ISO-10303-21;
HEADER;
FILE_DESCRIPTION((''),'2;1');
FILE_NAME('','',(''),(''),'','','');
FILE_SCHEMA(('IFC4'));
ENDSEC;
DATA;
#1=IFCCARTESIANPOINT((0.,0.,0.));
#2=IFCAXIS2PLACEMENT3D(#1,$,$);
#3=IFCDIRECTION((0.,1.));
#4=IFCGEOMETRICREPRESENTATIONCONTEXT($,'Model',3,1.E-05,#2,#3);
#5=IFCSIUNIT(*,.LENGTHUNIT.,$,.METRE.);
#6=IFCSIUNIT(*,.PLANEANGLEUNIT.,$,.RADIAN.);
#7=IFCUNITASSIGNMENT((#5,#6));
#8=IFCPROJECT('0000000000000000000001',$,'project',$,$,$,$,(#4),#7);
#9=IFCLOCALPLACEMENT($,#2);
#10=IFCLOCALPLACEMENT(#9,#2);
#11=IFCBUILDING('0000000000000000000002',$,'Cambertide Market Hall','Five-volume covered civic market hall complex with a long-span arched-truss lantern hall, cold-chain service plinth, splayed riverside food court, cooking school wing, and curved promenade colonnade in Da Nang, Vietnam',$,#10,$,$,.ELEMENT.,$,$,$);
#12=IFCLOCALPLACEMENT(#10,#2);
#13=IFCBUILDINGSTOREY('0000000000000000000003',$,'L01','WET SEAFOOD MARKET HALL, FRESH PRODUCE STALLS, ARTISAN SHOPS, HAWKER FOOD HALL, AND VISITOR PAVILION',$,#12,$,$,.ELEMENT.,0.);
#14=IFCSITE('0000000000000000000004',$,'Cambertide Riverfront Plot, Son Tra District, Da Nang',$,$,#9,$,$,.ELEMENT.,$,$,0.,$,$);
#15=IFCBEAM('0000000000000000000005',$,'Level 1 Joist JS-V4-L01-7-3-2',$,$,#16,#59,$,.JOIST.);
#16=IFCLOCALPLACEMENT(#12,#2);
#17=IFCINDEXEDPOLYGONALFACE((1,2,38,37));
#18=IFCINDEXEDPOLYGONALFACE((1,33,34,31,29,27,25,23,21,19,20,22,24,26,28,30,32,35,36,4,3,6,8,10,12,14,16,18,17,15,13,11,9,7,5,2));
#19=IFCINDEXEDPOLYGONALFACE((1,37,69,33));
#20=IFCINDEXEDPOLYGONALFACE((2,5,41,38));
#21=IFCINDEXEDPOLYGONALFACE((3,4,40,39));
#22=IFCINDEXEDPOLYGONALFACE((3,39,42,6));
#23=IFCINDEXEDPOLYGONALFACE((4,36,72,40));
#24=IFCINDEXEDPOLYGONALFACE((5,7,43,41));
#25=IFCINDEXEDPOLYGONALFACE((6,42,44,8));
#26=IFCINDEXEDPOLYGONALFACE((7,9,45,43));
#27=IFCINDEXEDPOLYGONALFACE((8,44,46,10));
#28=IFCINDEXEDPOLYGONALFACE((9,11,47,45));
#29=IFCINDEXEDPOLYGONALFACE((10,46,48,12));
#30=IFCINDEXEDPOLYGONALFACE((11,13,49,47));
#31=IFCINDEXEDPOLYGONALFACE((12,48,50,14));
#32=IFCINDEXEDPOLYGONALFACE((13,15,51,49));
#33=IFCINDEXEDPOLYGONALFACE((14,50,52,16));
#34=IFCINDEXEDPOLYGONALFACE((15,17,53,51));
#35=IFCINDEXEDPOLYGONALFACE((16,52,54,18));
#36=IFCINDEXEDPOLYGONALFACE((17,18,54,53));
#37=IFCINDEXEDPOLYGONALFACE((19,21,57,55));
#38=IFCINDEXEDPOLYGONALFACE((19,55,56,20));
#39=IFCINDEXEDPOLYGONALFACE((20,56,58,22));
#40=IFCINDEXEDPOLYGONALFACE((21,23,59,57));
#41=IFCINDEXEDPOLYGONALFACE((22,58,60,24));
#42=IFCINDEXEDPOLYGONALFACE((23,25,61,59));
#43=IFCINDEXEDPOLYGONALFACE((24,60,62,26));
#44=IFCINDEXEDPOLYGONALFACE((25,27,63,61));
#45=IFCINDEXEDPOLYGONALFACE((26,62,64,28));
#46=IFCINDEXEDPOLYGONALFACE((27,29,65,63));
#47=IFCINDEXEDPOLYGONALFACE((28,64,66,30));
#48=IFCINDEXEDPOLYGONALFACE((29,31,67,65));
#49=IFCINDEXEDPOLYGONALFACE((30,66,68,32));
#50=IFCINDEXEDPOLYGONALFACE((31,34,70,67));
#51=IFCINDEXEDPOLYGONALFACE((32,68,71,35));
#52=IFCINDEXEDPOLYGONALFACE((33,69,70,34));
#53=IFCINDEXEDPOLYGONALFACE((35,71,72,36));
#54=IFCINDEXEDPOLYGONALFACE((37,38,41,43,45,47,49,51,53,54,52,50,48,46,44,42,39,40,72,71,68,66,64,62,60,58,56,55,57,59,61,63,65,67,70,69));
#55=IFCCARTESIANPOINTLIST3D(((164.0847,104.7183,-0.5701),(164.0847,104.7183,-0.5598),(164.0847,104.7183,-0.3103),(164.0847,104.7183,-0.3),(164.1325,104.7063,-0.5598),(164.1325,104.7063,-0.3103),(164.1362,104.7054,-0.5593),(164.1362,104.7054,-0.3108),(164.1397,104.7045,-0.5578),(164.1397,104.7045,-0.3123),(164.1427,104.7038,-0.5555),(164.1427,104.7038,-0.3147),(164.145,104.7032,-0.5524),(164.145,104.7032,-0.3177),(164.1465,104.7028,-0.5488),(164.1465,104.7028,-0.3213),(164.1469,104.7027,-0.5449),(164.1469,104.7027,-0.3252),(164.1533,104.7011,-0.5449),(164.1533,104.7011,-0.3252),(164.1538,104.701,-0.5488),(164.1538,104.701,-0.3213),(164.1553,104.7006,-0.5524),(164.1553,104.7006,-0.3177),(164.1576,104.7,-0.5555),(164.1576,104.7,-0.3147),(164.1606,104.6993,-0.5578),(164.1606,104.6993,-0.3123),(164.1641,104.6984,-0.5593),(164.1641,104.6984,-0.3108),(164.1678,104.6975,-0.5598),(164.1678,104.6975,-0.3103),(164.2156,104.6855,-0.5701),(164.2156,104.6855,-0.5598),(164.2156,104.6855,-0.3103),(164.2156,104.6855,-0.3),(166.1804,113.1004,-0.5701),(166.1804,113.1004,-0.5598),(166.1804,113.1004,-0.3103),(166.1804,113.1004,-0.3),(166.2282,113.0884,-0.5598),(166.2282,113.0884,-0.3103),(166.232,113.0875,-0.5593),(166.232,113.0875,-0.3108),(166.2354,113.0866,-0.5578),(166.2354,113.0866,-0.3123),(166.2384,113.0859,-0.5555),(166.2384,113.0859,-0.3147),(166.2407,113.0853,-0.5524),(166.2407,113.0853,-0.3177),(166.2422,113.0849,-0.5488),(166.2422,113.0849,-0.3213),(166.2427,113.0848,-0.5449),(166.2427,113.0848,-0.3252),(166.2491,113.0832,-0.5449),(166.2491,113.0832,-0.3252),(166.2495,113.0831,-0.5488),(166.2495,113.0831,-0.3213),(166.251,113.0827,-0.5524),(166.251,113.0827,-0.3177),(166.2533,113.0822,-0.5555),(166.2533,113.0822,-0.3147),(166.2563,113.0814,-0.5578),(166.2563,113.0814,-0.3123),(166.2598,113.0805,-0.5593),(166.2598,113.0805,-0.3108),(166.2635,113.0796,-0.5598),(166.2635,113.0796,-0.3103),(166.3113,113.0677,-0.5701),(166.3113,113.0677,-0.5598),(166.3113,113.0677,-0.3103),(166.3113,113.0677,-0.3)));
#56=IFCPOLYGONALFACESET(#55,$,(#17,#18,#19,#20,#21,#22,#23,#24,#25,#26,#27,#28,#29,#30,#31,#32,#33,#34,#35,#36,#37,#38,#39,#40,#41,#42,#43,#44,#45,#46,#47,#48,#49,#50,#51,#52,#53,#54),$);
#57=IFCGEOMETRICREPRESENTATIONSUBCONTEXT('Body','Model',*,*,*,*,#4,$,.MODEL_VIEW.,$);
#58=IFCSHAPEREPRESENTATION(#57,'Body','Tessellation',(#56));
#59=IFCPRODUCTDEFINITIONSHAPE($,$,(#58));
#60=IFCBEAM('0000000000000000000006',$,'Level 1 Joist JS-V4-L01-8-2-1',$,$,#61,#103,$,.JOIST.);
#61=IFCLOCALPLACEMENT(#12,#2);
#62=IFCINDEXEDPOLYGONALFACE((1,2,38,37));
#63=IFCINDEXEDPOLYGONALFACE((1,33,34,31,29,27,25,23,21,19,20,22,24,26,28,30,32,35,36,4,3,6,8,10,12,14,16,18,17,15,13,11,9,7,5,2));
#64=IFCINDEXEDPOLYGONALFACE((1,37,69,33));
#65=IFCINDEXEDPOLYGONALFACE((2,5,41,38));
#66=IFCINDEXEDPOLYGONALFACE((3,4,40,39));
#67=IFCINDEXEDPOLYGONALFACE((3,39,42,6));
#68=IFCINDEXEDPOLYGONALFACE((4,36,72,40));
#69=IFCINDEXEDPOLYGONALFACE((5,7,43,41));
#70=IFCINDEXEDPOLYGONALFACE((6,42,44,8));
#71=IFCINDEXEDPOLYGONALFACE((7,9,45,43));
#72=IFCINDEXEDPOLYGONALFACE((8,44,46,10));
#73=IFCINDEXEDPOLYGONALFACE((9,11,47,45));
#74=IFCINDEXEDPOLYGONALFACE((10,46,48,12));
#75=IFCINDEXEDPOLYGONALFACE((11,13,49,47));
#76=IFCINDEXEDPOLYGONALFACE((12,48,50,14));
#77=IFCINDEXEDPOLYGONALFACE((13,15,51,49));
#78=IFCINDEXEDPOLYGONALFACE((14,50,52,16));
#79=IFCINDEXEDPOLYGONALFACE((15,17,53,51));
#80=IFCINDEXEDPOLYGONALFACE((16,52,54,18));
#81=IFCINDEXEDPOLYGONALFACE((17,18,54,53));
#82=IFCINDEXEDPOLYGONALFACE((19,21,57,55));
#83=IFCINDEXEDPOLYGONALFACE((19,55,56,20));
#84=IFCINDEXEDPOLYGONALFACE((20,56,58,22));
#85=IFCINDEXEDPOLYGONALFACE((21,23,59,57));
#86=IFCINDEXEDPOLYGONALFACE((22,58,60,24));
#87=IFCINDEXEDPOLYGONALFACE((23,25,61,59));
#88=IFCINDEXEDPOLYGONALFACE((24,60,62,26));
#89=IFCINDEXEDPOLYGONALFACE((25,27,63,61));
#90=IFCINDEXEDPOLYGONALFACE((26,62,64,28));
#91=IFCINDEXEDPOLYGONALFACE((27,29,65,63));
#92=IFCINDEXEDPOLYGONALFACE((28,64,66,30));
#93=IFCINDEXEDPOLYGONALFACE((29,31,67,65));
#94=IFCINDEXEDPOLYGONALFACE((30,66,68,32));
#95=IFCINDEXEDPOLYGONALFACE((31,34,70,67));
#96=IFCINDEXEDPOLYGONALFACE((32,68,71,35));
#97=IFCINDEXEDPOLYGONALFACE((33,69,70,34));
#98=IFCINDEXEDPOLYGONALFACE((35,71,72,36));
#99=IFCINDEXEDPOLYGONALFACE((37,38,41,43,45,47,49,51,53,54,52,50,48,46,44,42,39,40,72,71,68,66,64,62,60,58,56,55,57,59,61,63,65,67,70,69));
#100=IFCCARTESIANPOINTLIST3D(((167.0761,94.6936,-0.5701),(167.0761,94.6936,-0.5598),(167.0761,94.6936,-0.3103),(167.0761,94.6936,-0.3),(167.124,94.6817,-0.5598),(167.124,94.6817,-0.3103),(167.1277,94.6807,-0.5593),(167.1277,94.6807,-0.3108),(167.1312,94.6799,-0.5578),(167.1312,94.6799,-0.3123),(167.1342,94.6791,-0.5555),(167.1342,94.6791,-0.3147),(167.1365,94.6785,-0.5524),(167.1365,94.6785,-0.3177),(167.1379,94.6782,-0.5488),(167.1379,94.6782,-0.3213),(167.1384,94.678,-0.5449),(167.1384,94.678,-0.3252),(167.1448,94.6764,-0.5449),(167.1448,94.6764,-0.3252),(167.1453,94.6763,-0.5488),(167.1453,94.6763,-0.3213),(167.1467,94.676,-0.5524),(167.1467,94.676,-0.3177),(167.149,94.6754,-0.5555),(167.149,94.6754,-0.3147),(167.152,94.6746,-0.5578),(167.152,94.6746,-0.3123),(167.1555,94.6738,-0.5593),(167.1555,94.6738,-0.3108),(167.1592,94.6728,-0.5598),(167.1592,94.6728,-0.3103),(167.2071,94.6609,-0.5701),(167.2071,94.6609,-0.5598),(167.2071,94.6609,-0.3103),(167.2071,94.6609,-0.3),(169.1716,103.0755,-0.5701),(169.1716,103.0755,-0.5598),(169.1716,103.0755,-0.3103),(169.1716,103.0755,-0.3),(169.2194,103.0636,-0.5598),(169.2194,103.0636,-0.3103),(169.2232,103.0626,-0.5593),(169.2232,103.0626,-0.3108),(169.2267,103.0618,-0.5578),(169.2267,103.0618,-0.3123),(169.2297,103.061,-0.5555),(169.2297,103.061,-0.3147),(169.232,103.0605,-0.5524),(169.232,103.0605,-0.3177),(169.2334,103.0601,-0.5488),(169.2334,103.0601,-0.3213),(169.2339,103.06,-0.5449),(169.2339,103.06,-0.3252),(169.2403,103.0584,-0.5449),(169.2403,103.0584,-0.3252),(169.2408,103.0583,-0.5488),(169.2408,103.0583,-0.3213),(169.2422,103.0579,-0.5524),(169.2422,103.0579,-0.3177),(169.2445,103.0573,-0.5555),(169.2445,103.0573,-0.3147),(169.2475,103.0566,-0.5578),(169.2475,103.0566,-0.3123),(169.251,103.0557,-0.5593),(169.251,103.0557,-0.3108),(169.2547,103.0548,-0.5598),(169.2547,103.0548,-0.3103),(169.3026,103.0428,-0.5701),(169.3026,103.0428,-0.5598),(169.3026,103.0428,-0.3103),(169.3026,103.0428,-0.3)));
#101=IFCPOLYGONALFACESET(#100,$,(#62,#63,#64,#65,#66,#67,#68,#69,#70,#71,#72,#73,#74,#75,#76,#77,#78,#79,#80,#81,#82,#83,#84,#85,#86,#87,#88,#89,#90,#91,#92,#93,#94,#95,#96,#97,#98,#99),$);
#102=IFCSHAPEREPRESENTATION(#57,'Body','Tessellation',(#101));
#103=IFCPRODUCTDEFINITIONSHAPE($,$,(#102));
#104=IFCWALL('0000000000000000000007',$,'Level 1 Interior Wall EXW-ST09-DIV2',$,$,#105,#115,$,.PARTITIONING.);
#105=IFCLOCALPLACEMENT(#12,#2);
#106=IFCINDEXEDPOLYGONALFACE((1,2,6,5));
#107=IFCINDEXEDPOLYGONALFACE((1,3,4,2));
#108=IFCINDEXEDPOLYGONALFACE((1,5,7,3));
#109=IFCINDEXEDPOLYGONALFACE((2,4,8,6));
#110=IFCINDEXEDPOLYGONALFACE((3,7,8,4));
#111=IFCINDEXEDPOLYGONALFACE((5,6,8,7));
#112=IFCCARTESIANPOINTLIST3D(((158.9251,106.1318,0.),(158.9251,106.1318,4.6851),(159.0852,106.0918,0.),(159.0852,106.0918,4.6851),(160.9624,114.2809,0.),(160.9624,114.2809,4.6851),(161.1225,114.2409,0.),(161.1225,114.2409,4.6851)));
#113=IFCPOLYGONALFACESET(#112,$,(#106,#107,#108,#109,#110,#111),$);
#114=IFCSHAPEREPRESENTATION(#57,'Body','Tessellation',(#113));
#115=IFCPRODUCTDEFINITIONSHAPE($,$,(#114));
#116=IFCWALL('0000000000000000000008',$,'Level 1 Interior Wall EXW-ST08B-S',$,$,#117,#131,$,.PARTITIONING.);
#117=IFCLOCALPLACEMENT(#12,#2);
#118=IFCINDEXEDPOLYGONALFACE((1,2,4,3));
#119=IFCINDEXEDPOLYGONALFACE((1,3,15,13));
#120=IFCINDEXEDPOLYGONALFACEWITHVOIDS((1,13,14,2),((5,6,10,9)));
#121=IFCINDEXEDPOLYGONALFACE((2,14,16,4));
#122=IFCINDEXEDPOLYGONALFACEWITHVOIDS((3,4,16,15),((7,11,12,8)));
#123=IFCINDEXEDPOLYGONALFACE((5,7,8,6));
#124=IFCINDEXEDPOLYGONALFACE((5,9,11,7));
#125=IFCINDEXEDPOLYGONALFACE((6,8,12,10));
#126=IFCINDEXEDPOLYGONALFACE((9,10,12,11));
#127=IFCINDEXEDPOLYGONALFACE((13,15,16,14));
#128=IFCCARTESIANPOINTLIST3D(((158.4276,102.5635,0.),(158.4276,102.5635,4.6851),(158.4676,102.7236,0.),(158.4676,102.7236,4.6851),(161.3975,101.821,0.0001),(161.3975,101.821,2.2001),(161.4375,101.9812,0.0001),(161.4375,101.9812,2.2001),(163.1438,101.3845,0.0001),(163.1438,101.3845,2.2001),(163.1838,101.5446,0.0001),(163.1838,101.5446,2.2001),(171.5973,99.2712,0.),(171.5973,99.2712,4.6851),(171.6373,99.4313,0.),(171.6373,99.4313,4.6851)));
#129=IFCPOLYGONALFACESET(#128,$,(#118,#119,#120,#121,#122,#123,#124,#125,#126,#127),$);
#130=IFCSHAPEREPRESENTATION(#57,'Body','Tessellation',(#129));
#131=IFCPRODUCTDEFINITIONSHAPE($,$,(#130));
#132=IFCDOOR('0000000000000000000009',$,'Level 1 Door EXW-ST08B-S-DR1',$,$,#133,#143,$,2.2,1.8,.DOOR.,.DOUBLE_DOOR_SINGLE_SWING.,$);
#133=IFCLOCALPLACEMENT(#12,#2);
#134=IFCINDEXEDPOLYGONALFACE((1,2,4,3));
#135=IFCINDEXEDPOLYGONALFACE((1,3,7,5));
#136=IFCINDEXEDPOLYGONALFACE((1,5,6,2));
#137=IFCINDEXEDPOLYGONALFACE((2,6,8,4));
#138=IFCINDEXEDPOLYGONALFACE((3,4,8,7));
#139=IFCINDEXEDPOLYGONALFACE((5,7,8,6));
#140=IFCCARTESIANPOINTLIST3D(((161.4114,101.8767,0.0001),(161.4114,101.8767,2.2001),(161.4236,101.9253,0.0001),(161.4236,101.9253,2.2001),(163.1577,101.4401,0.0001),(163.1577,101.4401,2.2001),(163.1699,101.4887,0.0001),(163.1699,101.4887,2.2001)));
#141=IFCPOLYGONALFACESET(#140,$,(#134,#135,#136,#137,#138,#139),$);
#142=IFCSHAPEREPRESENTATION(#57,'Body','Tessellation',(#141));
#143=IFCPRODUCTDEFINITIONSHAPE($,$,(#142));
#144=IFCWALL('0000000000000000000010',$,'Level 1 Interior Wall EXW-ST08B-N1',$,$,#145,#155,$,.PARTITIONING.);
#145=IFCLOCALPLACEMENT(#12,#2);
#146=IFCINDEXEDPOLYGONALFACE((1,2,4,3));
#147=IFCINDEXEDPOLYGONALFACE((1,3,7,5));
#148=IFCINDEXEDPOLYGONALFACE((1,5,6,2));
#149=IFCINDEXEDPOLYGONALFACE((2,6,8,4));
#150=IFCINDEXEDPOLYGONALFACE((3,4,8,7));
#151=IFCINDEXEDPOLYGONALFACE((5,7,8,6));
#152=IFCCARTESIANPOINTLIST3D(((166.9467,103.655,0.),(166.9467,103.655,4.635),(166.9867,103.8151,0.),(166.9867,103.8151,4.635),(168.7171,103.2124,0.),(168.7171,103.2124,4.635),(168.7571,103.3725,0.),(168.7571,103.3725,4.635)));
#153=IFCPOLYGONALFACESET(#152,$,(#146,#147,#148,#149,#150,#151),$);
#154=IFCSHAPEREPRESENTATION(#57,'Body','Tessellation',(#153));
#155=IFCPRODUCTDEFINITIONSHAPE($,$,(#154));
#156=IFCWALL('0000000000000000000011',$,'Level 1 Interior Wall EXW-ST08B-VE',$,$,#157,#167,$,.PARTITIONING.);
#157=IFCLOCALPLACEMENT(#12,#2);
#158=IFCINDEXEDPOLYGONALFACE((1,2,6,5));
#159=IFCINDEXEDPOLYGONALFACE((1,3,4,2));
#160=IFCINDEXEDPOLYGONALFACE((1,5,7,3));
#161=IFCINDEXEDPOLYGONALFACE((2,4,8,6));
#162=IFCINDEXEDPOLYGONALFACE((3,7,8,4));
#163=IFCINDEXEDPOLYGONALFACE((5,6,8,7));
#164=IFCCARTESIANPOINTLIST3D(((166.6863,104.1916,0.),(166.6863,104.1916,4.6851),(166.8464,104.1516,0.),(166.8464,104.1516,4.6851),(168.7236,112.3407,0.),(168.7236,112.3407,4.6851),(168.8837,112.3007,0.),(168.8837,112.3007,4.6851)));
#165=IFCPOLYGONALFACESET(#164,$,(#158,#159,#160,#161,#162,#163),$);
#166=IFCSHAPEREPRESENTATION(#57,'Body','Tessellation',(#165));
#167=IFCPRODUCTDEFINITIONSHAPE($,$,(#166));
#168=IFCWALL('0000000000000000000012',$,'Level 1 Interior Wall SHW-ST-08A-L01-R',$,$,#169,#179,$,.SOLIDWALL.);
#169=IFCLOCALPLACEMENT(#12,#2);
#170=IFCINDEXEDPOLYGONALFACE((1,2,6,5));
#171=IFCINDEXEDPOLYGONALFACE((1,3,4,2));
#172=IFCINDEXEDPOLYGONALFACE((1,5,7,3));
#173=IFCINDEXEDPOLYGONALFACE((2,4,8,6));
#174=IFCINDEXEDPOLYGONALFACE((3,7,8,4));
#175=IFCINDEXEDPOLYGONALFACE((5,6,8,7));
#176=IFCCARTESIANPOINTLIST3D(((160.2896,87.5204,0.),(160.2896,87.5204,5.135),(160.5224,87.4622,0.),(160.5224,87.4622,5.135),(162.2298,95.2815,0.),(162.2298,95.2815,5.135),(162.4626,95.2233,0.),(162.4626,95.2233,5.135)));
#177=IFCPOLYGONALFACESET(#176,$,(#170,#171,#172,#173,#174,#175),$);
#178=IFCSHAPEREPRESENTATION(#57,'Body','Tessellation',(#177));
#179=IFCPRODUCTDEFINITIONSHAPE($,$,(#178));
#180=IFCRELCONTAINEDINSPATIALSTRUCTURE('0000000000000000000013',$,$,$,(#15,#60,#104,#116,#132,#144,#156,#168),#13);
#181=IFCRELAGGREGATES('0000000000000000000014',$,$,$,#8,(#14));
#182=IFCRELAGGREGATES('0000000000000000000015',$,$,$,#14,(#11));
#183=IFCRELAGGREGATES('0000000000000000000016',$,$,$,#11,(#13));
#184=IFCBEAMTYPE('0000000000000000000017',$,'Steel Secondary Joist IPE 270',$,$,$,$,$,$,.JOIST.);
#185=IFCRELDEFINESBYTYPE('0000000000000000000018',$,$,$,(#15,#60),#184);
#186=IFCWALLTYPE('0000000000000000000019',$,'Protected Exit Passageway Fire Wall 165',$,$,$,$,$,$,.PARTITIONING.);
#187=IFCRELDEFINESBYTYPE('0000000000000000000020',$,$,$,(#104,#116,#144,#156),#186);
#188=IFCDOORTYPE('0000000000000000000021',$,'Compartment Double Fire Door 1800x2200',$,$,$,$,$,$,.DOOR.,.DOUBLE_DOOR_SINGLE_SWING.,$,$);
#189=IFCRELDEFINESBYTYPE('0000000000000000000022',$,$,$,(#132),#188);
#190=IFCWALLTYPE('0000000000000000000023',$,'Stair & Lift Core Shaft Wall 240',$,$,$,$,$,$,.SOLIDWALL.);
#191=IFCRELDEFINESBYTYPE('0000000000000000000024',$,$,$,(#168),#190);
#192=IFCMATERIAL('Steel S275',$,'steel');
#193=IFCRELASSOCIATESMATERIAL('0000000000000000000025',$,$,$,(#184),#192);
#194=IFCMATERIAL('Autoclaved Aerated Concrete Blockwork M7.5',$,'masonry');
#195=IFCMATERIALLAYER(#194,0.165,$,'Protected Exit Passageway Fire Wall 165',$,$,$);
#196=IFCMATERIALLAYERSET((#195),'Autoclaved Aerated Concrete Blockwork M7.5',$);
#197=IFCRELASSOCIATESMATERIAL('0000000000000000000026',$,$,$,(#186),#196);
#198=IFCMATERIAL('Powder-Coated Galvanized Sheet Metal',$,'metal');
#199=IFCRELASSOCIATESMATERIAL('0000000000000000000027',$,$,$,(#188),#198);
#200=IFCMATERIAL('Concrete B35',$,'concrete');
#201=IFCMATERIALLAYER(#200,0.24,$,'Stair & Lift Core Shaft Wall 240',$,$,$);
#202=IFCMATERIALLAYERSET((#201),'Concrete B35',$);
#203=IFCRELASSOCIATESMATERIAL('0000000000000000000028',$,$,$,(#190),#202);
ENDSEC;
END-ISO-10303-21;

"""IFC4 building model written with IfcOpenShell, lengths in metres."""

from ifc_helpers import new_model, si_unit, direction, frame, frame_2d, origin, origin_2d, place, context, subcontext, project, spatial, rectangle, i_section, extrude, material, layer, layer_set, material_profile, profile_set, type_object, element, fill, save


model = new_model("IFC4")

# Units and contexts
model_context = context("Model", 3, precision=1e-05, world=origin(), true_north=direction((0.0, 1.0)))
body_context = subcontext(model_context, "Body", "Model", "MODEL_VIEW")
ifc_project = project(units=[si_unit("LENGTHUNIT", "METRE"), si_unit("PLANEANGLEUNIT", "RADIAN")], contexts=[model_context])

# Site, building, storey
site_placement = place(None, origin())
site = spatial("IfcSite", under=ifc_project, at=site_placement, Name="Cambertide Riverfront Plot, Son Tra District, Da Nang", CompositionType="ELEMENT", RefElevation=0.0)
building_placement = place(site_placement, origin())
building = spatial("IfcBuilding", under=site, at=building_placement, Name="Cambertide Market Hall", Description="Five-volume covered civic market hall complex with a long-span arched-truss lantern hall, cold-chain service plinth, splayed riverside food court, cooking school wing, and curved promenade colonnade in Da Nang, Vietnam", CompositionType="ELEMENT")
storey_placement = place(building_placement, origin())
storey = spatial("IfcBuildingStorey", under=building, at=storey_placement, Name="L01", Description="WET SEAFOOD MARKET HALL, FRESH PRODUCE STALLS, ARTISAN SHOPS, HAWKER FOOD HALL, AND VISITOR PAVILION", CompositionType="ELEMENT", Elevation=0.0)

# Beams
ifc_material_1 = material(Name="Steel S275", Category="steel")
ifc_material_profile_1 = material_profile(ifc_material_1, i_section(OverallWidth=0.135, OverallDepth=0.27, WebThickness=0.0066, FlangeThickness=0.0103, FilletRadius=0.0149, at=origin_2d()), Name="IPE 270")
ifc_profile_set_1 = profile_set([ifc_material_profile_1], Name="Steel S275")
beam_type_1 = type_object("IfcBeamType", Name="Steel Secondary Joist IPE 270", PredefinedType="JOIST", material=ifc_profile_set_1)
for number, where, z_axis, x_axis, name in (
    (1, (164.1501, 104.7019, -0.4351), (0.242556, 0.970138, 0.0), (-0.970138, 0.242556, 0.0), "Level 1 Joist JS-V4-L01-7-3-2"),
):
    element("IfcBeam", number, at=place(storey_placement, frame(where, z_axis=z_axis, x_axis=x_axis)), inside=storey, type_object=beam_type_1, Name=name, PredefinedType="JOIST", context=body_context, shape_type="SweptSolid", body=[
        extrude(i_section(OverallWidth=0.135, OverallDepth=0.27, WebThickness=0.0066, FlangeThickness=0.0103, FilletRadius=0.0149, at=origin_2d()), origin(), (0.0, 0.0, 1.0), 8.6401),
    ])
beam_1_placement = place(storey_placement, frame((167.1416, 94.6772, -0.4351), z_axis=(0.242536, 0.970143, 0.0), x_axis=(-0.970143, 0.242536, 0.0)))
element("IfcBeam", 2, at=beam_1_placement, inside=storey, type_object=beam_type_1, Name="Level 1 Joist JS-V4-L01-8-2-1", PredefinedType="JOIST", context=body_context, shape_type="SweptSolid", body=[
    extrude(i_section(OverallWidth=0.135, OverallDepth=0.27, WebThickness=0.0066, FlangeThickness=0.0103, FilletRadius=0.0149, at=origin_2d()), origin(), (0.0, 0.0, 1.0), 8.6399),
])

# Wall
ifc_material_2 = material(Name="Autoclaved Aerated Concrete Blockwork M7.5", Category="masonry")
ifc_layer_1 = layer(ifc_material_2, 0.165, Name="Protected Exit Passageway Fire Wall 165")
ifc_layer_set_1 = layer_set([ifc_layer_1], Name="Autoclaved Aerated Concrete Blockwork M7.5")
wall_type_1 = type_object("IfcWallType", Name="Protected Exit Passageway Fire Wall 165", PredefinedType="PARTITIONING", material=ifc_layer_set_1)
wall_1_placement = place(storey_placement, frame((159.0051, 106.1118, 0.0), z_axis=(0.0, 0.0, 1.0), x_axis=(0.242542, 0.970141, 0.0)))
element("IfcWall", 3, at=wall_1_placement, inside=storey, type_object=wall_type_1, Name="Level 1 Interior Wall EXW-ST09-DIV2", PredefinedType="PARTITIONING", context=body_context, shape_type="SweptSolid", body=[
    extrude(rectangle(XDim=8.3999, YDim=0.165, at=frame_2d((4.2, 0.0))), origin(), (0.0, 0.0, 1.0), 4.6851),
])

# Wall, opening, door
wall_2_placement = place(storey_placement, frame((158.4475, 102.6436, 0.0), z_axis=(0.0, 0.0, 1.0), x_axis=(0.970146, -0.242523, 0.0)))
wall_2 = element("IfcWall", 4, at=wall_2_placement, inside=storey, type_object=wall_type_1, Name="Level 1 Interior Wall EXW-ST08B-S", PredefinedType="PARTITIONING", context=body_context, shape_type="SweptSolid", body=[
    extrude(rectangle(XDim=13.575, YDim=0.165, at=frame_2d((6.7876, 0.0))), origin(), (0.0, 0.0, 1.0), 4.6851),
])
opening_1_placement = place(wall_2_placement, frame((3.0615, 0.0, 0.0)))
opening_1 = element("IfcOpeningElement", 5, at=opening_1_placement, cuts=wall_2, PredefinedType="OPENING", context=body_context, shape_type="SweptSolid", body=[
    extrude(rectangle(XDim=1.8, YDim=2.2, at=frame_2d((0.8999, 1.1001))), frame((0.0, 0.0925, 0.0), z_axis=(0.0, -1.0, 0.0), x_axis=(1.0, 0.0, 0.0)), (0.0, 0.0, 1.0), 0.1851),
])
ifc_material_3 = material(Name="Powder-Coated Galvanized Sheet Metal", Category="metal")
door_type_1 = type_object("IfcDoorType", Name="Compartment Double Fire Door 1800x2200", OperationType="DOUBLE_DOOR_SINGLE_SWING", PredefinedType="DOOR", material=ifc_material_3)
door_1_placement = place(opening_1_placement, origin())
door_1 = element("IfcDoor", 6, at=door_1_placement, inside=storey, type_object=door_type_1, Name="Level 1 Door EXW-ST08B-S-DR1", OperationType="DOUBLE_DOOR_SINGLE_SWING", OverallHeight=2.2, OverallWidth=1.8, PredefinedType="DOOR", context=body_context, shape_type="SweptSolid", body=[
    extrude(rectangle(XDim=1.8, YDim=2.2, at=frame_2d((0.8999, 1.1001))), frame((0.0, 0.0249, 0.0), z_axis=(0.0, -1.0, 0.0), x_axis=(1.0, 0.0, 0.0)), (0.0, 0.0, 1.0), 0.05),
])
fill(opening_1, door_1)

# Walls
wall_3_placement = place(storey_placement, frame((166.9666, 103.7351, 0.0), z_axis=(0.0, 0.0, 1.0), x_axis=(0.970143, -0.242536, 0.0)))
element("IfcWall", 7, at=wall_3_placement, inside=storey, type_object=wall_type_1, Name="Level 1 Interior Wall EXW-ST08B-N1", PredefinedType="PARTITIONING", context=body_context, shape_type="SweptSolid", body=[
    extrude(rectangle(XDim=1.825, YDim=0.165, at=frame_2d((0.9126, 0.0))), origin(), (0.0, 0.0, 1.0), 4.635),
])
wall_4_placement = place(storey_placement, frame((166.7664, 104.1716, 0.0), z_axis=(0.0, 0.0, 1.0), x_axis=(0.242542, 0.970141, 0.0)))
element("IfcWall", 8, at=wall_4_placement, inside=storey, type_object=wall_type_1, Name="Level 1 Interior Wall EXW-ST08B-VE", PredefinedType="PARTITIONING", context=body_context, shape_type="SweptSolid", body=[
    extrude(rectangle(XDim=8.3999, YDim=0.165, at=frame_2d((4.2, 0.0))), origin(), (0.0, 0.0, 1.0), 4.6851),
])

# Shared definitions
ifc_material_4 = material(Name="Concrete B35", Category="concrete")
ifc_layer_2 = layer(ifc_material_4, 0.24, Name="Stair & Lift Core Shaft Wall 240")
ifc_layer_set_2 = layer_set([ifc_layer_2], Name="Concrete B35")
wall_type_2 = type_object("IfcWallType", Name="Stair & Lift Core Shaft Wall 240", PredefinedType="SOLIDWALL", material=ifc_layer_set_2)

# Wall
for number, where, z_axis, x_axis, name in (
    (9, (162.3462, 95.2524, 0.0), (0.0, 0.0, 1.0), (-0.242521, -0.970146, 0.0), "Level 1 Interior Wall SHW-ST-08A-L01-R"),
):
    element("IfcWall", number, at=place(storey_placement, frame(where, z_axis=z_axis, x_axis=x_axis)), inside=storey, type_object=wall_type_2, Name=name, PredefinedType="SOLIDWALL", context=body_context, shape_type="SweptSolid", body=[
        extrude(rectangle(XDim=8.0, YDim=0.24, at=frame_2d((4.0, 0.0))), origin(), (0.0, 0.0, 1.0), 5.135),
    ])

save(model, "model.ifc")
